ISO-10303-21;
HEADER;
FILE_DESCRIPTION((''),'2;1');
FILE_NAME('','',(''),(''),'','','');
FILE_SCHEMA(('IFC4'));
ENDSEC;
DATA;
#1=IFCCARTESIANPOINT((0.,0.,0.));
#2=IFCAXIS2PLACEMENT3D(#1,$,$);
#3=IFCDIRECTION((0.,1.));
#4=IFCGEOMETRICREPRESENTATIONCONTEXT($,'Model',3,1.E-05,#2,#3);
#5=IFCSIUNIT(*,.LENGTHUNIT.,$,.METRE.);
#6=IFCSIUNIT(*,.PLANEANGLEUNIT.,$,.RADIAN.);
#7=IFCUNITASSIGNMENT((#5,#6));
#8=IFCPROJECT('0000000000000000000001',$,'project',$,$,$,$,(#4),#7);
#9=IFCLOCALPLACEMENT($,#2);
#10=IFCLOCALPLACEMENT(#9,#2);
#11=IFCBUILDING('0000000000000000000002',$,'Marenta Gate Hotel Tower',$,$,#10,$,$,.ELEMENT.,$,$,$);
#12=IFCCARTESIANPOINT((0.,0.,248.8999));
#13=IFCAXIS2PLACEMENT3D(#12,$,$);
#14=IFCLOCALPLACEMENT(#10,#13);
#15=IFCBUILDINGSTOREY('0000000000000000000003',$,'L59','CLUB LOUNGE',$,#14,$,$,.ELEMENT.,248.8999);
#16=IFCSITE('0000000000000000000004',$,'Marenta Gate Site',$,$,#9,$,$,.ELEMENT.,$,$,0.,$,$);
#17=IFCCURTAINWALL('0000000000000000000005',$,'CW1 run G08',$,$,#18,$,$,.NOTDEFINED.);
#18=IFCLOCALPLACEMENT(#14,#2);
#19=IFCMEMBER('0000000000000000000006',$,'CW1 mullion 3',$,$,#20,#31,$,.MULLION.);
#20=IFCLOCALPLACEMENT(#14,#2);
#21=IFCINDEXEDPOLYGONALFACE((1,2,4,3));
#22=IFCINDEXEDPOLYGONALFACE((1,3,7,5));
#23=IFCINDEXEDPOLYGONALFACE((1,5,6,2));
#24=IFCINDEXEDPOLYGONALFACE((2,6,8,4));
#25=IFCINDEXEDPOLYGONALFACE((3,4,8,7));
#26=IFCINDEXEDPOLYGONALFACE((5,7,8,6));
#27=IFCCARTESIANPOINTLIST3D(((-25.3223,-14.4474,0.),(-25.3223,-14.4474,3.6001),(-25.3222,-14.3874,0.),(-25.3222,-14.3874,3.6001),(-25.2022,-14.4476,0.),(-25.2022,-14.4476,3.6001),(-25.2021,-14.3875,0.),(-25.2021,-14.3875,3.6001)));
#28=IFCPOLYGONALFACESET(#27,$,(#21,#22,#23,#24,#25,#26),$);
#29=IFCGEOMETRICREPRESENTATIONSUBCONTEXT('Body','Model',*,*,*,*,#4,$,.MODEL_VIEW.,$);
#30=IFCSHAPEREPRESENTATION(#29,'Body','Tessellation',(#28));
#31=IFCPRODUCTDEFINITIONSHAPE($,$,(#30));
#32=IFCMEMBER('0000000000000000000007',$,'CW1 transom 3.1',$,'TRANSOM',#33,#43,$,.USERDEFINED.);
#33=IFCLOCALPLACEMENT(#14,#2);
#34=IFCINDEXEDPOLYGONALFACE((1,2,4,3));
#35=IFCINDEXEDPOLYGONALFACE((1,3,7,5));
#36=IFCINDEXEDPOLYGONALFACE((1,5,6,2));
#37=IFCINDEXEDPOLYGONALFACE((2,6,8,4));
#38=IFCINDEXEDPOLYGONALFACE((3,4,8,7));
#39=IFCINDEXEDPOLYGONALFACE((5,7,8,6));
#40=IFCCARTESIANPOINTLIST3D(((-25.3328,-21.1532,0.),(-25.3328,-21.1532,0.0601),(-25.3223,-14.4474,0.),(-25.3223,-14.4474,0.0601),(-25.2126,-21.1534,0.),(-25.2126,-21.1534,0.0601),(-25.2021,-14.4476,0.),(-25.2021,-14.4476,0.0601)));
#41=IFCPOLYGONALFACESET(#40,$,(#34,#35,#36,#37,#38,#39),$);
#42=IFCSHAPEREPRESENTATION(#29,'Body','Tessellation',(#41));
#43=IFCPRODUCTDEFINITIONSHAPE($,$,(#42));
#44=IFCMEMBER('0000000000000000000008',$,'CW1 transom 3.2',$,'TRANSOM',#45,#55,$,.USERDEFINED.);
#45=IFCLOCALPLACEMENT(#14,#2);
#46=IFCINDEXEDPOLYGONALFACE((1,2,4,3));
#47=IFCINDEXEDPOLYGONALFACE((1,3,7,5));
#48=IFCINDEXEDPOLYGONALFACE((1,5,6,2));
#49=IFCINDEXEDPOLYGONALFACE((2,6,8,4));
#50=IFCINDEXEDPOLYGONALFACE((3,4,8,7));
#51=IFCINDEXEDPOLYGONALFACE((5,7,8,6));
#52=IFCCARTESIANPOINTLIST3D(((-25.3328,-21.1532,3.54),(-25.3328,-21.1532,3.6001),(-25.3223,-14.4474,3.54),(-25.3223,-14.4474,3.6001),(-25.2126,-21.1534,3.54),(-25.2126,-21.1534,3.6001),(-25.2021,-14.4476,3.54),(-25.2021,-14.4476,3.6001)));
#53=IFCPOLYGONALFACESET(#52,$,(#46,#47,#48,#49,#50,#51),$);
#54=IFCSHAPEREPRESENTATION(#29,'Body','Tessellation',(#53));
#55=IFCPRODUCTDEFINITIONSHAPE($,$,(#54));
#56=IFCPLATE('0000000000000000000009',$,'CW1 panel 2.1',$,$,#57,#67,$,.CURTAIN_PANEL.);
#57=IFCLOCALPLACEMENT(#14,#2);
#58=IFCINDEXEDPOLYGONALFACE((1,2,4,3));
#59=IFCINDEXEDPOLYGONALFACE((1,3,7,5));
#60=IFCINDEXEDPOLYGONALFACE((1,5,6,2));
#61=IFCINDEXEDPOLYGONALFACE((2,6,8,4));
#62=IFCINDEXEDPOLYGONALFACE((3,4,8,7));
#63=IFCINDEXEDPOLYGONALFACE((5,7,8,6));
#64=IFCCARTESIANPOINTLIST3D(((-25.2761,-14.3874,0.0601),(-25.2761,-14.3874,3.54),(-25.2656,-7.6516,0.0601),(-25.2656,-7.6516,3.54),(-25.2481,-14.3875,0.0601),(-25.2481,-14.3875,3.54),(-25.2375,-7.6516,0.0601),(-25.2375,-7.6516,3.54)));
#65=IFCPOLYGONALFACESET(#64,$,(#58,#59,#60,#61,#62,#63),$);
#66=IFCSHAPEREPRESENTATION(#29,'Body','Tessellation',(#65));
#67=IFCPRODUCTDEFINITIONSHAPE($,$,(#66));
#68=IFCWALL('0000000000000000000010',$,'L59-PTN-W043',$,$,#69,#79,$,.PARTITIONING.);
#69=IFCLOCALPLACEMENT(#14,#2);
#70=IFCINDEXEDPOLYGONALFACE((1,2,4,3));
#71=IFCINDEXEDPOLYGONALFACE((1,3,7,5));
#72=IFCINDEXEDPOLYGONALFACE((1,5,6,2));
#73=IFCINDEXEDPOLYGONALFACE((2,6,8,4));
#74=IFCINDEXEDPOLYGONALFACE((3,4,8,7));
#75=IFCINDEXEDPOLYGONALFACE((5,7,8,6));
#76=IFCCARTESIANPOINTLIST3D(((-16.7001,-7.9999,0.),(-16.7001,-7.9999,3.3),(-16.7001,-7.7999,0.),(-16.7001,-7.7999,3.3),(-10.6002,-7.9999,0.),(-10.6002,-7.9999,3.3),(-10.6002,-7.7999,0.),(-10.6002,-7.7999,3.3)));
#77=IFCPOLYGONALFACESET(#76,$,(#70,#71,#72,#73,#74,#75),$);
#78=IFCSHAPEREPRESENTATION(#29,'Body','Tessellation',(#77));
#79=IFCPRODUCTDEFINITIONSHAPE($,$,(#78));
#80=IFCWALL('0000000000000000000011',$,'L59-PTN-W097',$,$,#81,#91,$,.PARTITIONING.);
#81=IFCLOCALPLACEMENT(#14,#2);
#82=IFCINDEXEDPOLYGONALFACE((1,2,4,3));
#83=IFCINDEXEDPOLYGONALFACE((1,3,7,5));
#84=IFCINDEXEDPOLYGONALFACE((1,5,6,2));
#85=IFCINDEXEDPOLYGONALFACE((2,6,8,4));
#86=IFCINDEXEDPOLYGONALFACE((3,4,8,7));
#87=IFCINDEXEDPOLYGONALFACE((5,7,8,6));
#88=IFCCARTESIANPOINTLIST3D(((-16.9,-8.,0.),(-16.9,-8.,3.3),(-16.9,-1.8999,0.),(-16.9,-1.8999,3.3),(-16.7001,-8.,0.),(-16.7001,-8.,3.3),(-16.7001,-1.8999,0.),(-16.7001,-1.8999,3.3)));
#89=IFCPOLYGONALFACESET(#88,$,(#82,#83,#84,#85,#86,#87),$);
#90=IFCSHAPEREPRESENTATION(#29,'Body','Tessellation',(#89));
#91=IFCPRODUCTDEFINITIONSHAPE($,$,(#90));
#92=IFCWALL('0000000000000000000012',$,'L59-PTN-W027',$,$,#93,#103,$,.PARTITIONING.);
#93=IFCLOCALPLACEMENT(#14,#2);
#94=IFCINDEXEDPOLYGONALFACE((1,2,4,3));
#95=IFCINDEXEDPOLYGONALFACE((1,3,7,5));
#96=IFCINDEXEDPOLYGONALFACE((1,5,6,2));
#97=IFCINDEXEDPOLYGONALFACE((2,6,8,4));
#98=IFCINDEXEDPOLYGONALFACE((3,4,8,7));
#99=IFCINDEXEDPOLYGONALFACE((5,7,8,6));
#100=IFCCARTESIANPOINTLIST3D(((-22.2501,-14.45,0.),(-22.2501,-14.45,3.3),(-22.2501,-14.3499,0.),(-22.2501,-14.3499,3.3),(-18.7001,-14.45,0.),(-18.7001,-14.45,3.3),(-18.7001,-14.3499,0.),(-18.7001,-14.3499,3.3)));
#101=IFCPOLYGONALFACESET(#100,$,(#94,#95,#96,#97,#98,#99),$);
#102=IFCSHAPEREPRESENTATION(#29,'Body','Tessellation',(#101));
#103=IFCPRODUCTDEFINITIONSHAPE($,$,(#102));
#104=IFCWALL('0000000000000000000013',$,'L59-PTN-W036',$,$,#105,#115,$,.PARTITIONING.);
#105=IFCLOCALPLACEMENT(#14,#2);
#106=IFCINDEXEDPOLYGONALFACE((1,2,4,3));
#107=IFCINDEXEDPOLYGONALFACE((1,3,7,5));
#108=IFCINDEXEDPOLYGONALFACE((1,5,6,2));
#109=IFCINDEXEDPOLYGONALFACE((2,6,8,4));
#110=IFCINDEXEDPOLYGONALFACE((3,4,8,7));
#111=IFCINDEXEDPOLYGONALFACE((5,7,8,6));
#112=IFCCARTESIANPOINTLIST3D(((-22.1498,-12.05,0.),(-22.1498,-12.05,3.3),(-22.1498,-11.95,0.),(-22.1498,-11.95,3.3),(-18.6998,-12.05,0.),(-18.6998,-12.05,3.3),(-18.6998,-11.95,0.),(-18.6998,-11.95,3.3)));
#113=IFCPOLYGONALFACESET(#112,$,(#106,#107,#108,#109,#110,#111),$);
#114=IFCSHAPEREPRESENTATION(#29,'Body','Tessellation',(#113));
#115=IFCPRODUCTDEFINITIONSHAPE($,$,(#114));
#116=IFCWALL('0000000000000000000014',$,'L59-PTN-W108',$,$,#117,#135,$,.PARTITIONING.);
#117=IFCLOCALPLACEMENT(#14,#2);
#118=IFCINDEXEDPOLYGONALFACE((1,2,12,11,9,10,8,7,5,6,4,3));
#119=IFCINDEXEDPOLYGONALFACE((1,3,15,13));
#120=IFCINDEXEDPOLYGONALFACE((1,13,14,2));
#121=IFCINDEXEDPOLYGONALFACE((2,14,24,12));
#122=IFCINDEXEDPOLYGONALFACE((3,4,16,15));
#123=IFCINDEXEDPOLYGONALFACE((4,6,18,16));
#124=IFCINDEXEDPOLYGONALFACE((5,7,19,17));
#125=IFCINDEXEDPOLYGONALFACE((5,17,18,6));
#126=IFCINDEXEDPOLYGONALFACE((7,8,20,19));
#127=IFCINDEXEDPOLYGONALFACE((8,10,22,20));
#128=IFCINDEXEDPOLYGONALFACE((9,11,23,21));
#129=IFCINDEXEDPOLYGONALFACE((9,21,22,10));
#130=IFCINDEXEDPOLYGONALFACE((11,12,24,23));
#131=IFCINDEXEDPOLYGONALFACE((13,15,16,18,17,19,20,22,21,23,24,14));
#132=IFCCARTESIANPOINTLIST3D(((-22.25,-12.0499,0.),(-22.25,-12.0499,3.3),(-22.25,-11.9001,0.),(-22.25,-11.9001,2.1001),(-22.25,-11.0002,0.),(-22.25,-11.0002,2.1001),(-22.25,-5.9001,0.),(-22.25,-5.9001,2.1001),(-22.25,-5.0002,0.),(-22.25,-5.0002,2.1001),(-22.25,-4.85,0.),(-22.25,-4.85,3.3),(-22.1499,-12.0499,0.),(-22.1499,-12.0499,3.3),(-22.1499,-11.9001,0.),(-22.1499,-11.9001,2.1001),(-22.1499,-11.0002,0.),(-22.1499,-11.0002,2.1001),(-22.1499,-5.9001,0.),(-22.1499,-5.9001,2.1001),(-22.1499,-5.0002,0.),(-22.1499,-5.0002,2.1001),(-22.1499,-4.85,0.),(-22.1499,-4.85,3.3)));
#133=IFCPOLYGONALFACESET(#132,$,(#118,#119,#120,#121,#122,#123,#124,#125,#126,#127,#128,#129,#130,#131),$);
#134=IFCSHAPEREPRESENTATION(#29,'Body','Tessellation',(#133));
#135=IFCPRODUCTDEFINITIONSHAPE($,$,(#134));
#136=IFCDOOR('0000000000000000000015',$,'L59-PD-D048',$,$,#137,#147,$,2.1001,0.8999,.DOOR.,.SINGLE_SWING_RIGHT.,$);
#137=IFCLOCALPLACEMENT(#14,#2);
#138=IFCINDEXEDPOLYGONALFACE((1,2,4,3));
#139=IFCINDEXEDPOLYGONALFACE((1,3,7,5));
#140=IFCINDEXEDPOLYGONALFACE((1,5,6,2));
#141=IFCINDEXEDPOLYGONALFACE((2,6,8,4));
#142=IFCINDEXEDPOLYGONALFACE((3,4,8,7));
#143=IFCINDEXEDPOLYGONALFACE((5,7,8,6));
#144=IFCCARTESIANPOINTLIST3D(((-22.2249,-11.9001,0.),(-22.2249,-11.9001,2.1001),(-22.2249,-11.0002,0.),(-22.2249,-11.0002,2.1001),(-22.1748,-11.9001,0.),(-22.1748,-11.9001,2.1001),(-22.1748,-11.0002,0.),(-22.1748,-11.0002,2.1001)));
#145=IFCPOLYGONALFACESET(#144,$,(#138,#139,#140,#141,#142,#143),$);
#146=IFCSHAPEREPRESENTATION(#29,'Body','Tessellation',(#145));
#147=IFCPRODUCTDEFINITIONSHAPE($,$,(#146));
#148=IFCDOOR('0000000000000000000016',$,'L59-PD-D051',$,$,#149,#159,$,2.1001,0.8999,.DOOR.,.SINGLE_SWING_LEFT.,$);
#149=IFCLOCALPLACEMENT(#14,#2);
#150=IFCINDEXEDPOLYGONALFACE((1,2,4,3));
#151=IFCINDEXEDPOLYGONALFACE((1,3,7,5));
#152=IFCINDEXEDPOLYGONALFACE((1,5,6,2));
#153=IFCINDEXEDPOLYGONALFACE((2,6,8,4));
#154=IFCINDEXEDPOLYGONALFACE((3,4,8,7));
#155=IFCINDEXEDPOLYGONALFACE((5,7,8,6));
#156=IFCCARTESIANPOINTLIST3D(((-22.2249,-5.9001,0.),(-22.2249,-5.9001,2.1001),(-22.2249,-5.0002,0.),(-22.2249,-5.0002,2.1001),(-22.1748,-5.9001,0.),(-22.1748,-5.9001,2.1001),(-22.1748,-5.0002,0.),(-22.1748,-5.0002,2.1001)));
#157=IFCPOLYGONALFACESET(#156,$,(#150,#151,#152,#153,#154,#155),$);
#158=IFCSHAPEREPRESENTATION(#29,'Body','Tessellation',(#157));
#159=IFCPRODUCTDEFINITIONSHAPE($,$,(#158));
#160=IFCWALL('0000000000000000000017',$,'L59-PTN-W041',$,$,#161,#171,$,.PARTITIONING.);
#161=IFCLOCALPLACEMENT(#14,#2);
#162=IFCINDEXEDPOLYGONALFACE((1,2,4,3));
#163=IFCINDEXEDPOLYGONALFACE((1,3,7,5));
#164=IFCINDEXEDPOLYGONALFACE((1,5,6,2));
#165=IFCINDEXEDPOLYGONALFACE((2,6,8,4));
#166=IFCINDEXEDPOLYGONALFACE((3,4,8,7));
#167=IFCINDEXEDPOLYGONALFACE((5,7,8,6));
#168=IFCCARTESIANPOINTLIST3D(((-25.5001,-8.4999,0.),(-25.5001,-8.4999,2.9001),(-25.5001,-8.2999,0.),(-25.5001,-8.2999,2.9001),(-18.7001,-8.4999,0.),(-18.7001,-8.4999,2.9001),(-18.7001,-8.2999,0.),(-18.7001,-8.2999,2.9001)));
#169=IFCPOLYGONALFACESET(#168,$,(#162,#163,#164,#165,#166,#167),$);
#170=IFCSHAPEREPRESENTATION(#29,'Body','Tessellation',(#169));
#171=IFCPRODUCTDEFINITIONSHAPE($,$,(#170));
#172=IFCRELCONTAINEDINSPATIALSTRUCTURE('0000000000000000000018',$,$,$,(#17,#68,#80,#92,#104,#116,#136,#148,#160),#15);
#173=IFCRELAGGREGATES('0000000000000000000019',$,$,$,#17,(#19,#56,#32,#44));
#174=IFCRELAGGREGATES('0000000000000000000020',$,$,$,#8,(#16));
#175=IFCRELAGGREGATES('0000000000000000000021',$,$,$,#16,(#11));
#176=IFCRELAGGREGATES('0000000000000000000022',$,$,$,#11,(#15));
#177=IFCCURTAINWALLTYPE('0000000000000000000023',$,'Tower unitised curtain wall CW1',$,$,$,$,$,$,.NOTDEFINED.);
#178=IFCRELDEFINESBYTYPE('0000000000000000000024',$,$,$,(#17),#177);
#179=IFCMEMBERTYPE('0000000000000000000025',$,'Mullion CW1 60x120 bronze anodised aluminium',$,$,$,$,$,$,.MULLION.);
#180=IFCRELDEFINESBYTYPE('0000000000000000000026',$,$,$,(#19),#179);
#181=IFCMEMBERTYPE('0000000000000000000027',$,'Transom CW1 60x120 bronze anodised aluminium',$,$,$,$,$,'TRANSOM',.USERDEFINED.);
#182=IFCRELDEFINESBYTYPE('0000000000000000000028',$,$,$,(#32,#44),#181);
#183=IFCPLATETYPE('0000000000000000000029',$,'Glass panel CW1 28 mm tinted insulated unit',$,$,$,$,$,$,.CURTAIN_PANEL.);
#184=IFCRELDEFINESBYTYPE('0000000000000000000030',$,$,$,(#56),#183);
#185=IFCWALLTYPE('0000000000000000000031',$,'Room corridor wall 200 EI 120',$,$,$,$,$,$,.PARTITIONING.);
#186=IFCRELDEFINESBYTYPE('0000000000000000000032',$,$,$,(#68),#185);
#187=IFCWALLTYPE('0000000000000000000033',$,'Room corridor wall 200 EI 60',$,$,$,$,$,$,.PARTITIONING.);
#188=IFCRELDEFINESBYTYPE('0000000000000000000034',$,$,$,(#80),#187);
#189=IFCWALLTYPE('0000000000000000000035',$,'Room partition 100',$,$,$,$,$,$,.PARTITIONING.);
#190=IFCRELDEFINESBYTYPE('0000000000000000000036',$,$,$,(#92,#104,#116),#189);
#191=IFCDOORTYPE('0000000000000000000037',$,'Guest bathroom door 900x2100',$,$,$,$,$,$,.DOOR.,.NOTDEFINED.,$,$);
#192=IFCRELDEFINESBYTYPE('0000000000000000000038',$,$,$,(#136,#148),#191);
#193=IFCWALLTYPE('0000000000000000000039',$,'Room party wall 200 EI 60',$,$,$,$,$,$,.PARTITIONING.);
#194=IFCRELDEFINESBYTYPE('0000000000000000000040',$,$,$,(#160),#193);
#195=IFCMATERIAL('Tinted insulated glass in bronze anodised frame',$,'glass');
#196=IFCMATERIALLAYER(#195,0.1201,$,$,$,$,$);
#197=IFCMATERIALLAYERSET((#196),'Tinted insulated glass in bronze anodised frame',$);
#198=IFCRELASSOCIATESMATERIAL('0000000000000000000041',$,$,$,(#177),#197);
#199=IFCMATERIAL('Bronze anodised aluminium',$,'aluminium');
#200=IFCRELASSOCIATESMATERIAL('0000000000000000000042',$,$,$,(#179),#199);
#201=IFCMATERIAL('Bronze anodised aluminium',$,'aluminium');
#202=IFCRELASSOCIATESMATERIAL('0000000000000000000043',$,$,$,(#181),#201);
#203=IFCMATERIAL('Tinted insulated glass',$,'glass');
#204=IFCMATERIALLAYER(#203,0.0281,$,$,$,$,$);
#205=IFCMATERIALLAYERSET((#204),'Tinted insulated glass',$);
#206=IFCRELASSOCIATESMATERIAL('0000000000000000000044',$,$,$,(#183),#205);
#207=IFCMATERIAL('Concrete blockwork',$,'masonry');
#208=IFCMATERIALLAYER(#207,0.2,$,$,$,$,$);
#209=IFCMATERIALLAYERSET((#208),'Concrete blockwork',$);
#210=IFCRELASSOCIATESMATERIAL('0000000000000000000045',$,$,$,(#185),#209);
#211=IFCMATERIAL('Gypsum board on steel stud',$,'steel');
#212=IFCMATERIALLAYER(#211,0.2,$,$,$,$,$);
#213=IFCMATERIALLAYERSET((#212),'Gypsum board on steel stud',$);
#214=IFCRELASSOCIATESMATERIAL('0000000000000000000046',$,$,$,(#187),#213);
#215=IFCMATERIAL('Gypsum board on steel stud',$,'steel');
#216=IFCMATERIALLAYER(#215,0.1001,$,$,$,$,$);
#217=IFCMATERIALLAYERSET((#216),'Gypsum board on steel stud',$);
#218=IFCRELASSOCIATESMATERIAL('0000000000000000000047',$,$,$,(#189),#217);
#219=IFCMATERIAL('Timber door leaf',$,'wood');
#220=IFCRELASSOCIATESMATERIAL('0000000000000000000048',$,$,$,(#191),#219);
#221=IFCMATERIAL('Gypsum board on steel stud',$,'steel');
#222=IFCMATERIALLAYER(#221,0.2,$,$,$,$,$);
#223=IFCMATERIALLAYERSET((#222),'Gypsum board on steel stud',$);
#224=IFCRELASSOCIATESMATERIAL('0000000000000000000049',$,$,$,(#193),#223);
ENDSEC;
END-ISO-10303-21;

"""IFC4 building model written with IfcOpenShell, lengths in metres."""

from ifc_helpers import new_model, si_unit, direction, frame, frame_2d, origin, origin_2d, place, context, subcontext, project, spatial, rectangle, extrude, material, layer, layer_set, material_profile, profile_set, type_object, element, fill, aggregate, save


model = new_model("IFC4")

# Units and contexts
model_context = context("Model", 3, precision=1e-05, world=origin(), true_north=direction((0.0, 1.0)))
body_context = subcontext(model_context, "Body", "Model", "MODEL_VIEW")
ifc_project = project(units=[si_unit("LENGTHUNIT", "METRE"), si_unit("PLANEANGLEUNIT", "RADIAN")], contexts=[model_context])

# Site, building, storey
site_placement = place(None, origin())
site = spatial("IfcSite", under=ifc_project, at=site_placement, Name="Marenta Gate Site", CompositionType="ELEMENT", RefElevation=0.0)
building_placement = place(site_placement, origin())
building = spatial("IfcBuilding", under=site, at=building_placement, Name="Marenta Gate Hotel Tower", CompositionType="ELEMENT")
storey_placement = place(building_placement, frame((0.0, 0.0, 248.8999)))
storey = spatial("IfcBuildingStorey", under=building, at=storey_placement, Name="L59", Description="CLUB LOUNGE", CompositionType="ELEMENT", Elevation=248.8999)

# Curtain wall, members, plate
ifc_material_1 = material(Name="Tinted insulated glass in bronze anodised frame", Category="glass")
ifc_layer_1 = layer(ifc_material_1, 0.1201)
ifc_layer_set_1 = layer_set([ifc_layer_1], Name="Tinted insulated glass in bronze anodised frame")
curtain_wall_type = type_object("IfcCurtainWallType", Name="Tower unitised curtain wall CW1", PredefinedType="NOTDEFINED", material=ifc_layer_set_1)
curtain_wall_placement = place(storey_placement, origin())
curtain_wall = element("IfcCurtainWall", 1, at=curtain_wall_placement, inside=storey, type_object=curtain_wall_type, Name="CW1 run G08", PredefinedType="NOTDEFINED")
ifc_material_2 = material(Name="Bronze anodised aluminium", Category="aluminium")
ifc_material_profile_1 = material_profile(ifc_material_2, rectangle(XDim=0.1201, YDim=0.0601, at=origin_2d()), Name="Mullion CW1 60x120 bronze anodised aluminium")
ifc_profile_set_1 = profile_set([ifc_material_profile_1], Name="Bronze anodised aluminium")
member_type_1 = type_object("IfcMemberType", Name="Mullion CW1 60x120 bronze anodised aluminium", PredefinedType="MULLION", material=ifc_profile_set_1)
member_1_placement = place(storey_placement, frame((-25.2622, -14.4175, 0.0), z_axis=(0.0, 0.0, 1.0), x_axis=(0.999999, -0.001565, 0.0)))
member_1 = element("IfcMember", 2, at=member_1_placement, type_object=member_type_1, Name="CW1 mullion 3", PredefinedType="MULLION", context=body_context, shape_type="SweptSolid", body=[
    extrude(rectangle(XDim=0.1201, YDim=0.0601, at=origin_2d()), origin(), (0.0, 0.0, 1.0), 3.6001),
])
ifc_material_3 = material(Name="Bronze anodised aluminium", Category="aluminium")
ifc_material_profile_2 = material_profile(ifc_material_3, rectangle(XDim=0.1201, YDim=0.0601, at=origin_2d()), Name="Transom CW1 60x120 bronze anodised aluminium")
ifc_profile_set_2 = profile_set([ifc_material_profile_2], Name="Bronze anodised aluminium")
member_type_2 = type_object("IfcMemberType", Name="Transom CW1 60x120 bronze anodised aluminium", ElementType="TRANSOM", PredefinedType="USERDEFINED", material=ifc_profile_set_2)
member_2_placement = place(storey_placement, frame((-25.2622, -14.4475, 0.03), z_axis=(-0.001566, -0.999999, 0.0), x_axis=(0.999999, -0.001566, 0.0)))
member_2 = element("IfcMember", 3, at=member_2_placement, type_object=member_type_2, Name="CW1 transom 3.1", ObjectType="TRANSOM", PredefinedType="USERDEFINED", context=body_context, shape_type="SweptSolid", body=[
    extrude(rectangle(XDim=0.1201, YDim=0.0601, at=origin_2d()), origin(), (0.0, 0.0, 1.0), 6.7058),
])
member_3_placement = place(storey_placement, frame((-25.2622, -14.4475, 3.5701), z_axis=(-0.001566, -0.999999, 0.0), x_axis=(0.999999, -0.001566, 0.0)))
member_3 = element("IfcMember", 4, at=member_3_placement, type_object=member_type_2, Name="CW1 transom 3.2", ObjectType="TRANSOM", PredefinedType="USERDEFINED", context=body_context, shape_type="SweptSolid", body=[
    extrude(rectangle(XDim=0.1201, YDim=0.0601, at=origin_2d()), origin(), (0.0, 0.0, 1.0), 6.7058),
])
ifc_material_4 = material(Name="Tinted insulated glass", Category="glass")
ifc_layer_2 = layer(ifc_material_4, 0.0281)
ifc_layer_set_2 = layer_set([ifc_layer_2], Name="Tinted insulated glass")
plate_type = type_object("IfcPlateType", Name="Glass panel CW1 28 mm tinted insulated unit", PredefinedType="CURTAIN_PANEL", material=ifc_layer_set_2)
plate_placement = place(storey_placement, frame((-25.2568, -11.0195, 0.0601), z_axis=(0.0, 0.0, 1.0), x_axis=(-0.001565, -0.999999, 0.0)))
plate = element("IfcPlate", 5, at=plate_placement, type_object=plate_type, Name="CW1 panel 2.1", PredefinedType="CURTAIN_PANEL", context=body_context, shape_type="SweptSolid", body=[
    extrude(rectangle(XDim=6.7358, YDim=0.0281, at=origin_2d()), origin(), (0.0, 0.0, 1.0), 3.48),
])
aggregate(curtain_wall, [member_1, plate, member_2, member_3])

# Wall
ifc_material_5 = material(Name="Concrete blockwork", Category="masonry")
ifc_layer_3 = layer(ifc_material_5, 0.2)
ifc_layer_set_3 = layer_set([ifc_layer_3], Name="Concrete blockwork")
wall_type_1 = type_object("IfcWallType", Name="Room corridor wall 200 EI 120", PredefinedType="PARTITIONING", material=ifc_layer_set_3)
wall_1_placement = place(storey_placement, frame((-16.7, -7.8999, 0.0), z_axis=(0.0, 0.0, 1.0), x_axis=(1.0, 0.0, 0.0)))
element("IfcWall", 6, at=wall_1_placement, inside=storey, type_object=wall_type_1, Name="L59-PTN-W043", PredefinedType="PARTITIONING", context=body_context, shape_type="SweptSolid", body=[
    extrude(rectangle(XDim=6.0999, YDim=0.2, at=frame_2d((3.0498, 0.0))), origin(), (0.0, 0.0, 1.0), 3.3),
])

# Shared definitions
ifc_material_6 = material(Name="Gypsum board on steel stud", Category="steel")
ifc_layer_4 = layer(ifc_material_6, 0.2)
ifc_layer_set_4 = layer_set([ifc_layer_4], Name="Gypsum board on steel stud")
wall_type_2 = type_object("IfcWallType", Name="Room corridor wall 200 EI 60", PredefinedType="PARTITIONING", material=ifc_layer_set_4)

# Walls
wall_2_placement = place(storey_placement, frame((-16.8, -8.0, 0.0), z_axis=(0.0, 0.0, 1.0), x_axis=(0.0, 1.0, 0.0)))
element("IfcWall", 7, at=wall_2_placement, inside=storey, type_object=wall_type_2, Name="L59-PTN-W097", PredefinedType="PARTITIONING", context=body_context, shape_type="SweptSolid", body=[
    extrude(rectangle(XDim=6.1001, YDim=0.2, at=frame_2d((3.05, 0.0))), origin(), (0.0, 0.0, 1.0), 3.3),
])
ifc_material_7 = material(Name="Gypsum board on steel stud", Category="steel")
ifc_layer_5 = layer(ifc_material_7, 0.1001)
ifc_layer_set_5 = layer_set([ifc_layer_5], Name="Gypsum board on steel stud")
wall_type_3 = type_object("IfcWallType", Name="Room partition 100", PredefinedType="PARTITIONING", material=ifc_layer_set_5)
wall_3_placement = place(storey_placement, frame((-22.25, -14.3999, 0.0), z_axis=(0.0, 0.0, 1.0), x_axis=(1.0, 0.0, 0.0)))
element("IfcWall", 8, at=wall_3_placement, inside=storey, type_object=wall_type_3, Name="L59-PTN-W027", PredefinedType="PARTITIONING", context=body_context, shape_type="SweptSolid", body=[
    extrude(rectangle(XDim=3.55, YDim=0.1001, at=frame_2d((1.7749, 0.0))), origin(), (0.0, 0.0, 1.0), 3.3),
])
wall_4_placement = place(storey_placement, frame((-22.1499, -12.0, 0.0), z_axis=(0.0, 0.0, 1.0), x_axis=(1.0, 0.0, 0.0)))
element("IfcWall", 9, at=wall_4_placement, inside=storey, type_object=wall_type_3, Name="L59-PTN-W036", PredefinedType="PARTITIONING", context=body_context, shape_type="SweptSolid", body=[
    extrude(rectangle(XDim=3.45, YDim=0.1001, at=frame_2d((1.7251, 0.0))), origin(), (0.0, 0.0, 1.0), 3.3),
])

# Wall, openings, doors
wall_5_placement = place(storey_placement, frame((-22.2, -12.05, 0.0), z_axis=(0.0, 0.0, 1.0), x_axis=(0.0, 1.0, 0.0)))
wall_5 = element("IfcWall", 10, at=wall_5_placement, inside=storey, type_object=wall_type_3, Name="L59-PTN-W108", PredefinedType="PARTITIONING", context=body_context, shape_type="SweptSolid", body=[
    extrude(rectangle(XDim=7.2, YDim=0.1001, at=frame_2d((3.6001, 0.0))), origin(), (0.0, 0.0, 1.0), 3.3),
])
opening_1_placement = place(wall_5_placement, frame((0.1499, 0.0, 0.0)))
opening_1 = element("IfcOpeningElement", 11, at=opening_1_placement, cuts=wall_5, PredefinedType="OPENING", context=body_context, shape_type="SweptSolid", body=[
    extrude(rectangle(XDim=0.8999, YDim=2.1001, at=frame_2d((0.45, 1.05))), frame((0.0, 0.05, 0.0), z_axis=(0.0, -1.0, 0.0), x_axis=(1.0, 0.0, 0.0)), (0.0, 0.0, 1.0), 0.1001),
])
opening_2_placement = place(wall_5_placement, frame((6.1499, 0.0, 0.0)))
opening_2 = element("IfcOpeningElement", 12, at=opening_2_placement, cuts=wall_5, PredefinedType="OPENING", context=body_context, shape_type="SweptSolid", body=[
    extrude(rectangle(XDim=0.8999, YDim=2.1001, at=frame_2d((0.45, 1.05))), frame((0.0, 0.05, 0.0), z_axis=(0.0, -1.0, 0.0), x_axis=(1.0, 0.0, 0.0)), (0.0, 0.0, 1.0), 0.1001),
])
ifc_material_8 = material(Name="Timber door leaf", Category="wood")
door_type_1 = type_object("IfcDoorType", Name="Guest bathroom door 900x2100", OperationType="NOTDEFINED", PredefinedType="DOOR", material=ifc_material_8)
door_1_placement = place(opening_1_placement, origin())
door_1 = element("IfcDoor", 13, at=door_1_placement, inside=storey, type_object=door_type_1, Name="L59-PD-D048", OperationType="SINGLE_SWING_RIGHT", OverallHeight=2.1001, OverallWidth=0.8999, PredefinedType="DOOR", context=body_context, shape_type="SweptSolid", body=[
    extrude(rectangle(XDim=0.8999, YDim=2.1001, at=frame_2d((0.45, 1.05))), frame((0.0, 0.0249, 0.0), z_axis=(0.0, -1.0, 0.0), x_axis=(1.0, 0.0, 0.0)), (0.0, 0.0, 1.0), 0.05),
])
fill(opening_1, door_1)
door_2_placement = place(opening_2_placement, origin())
door_2 = element("IfcDoor", 14, at=door_2_placement, inside=storey, type_object=door_type_1, Name="L59-PD-D051", OperationType="SINGLE_SWING_LEFT", OverallHeight=2.1001, OverallWidth=0.8999, PredefinedType="DOOR", context=body_context, shape_type="SweptSolid", body=[
    extrude(rectangle(XDim=0.8999, YDim=2.1001, at=frame_2d((0.45, 1.05))), frame((0.0, 0.0249, 0.0), z_axis=(0.0, -1.0, 0.0), x_axis=(1.0, 0.0, 0.0)), (0.0, 0.0, 1.0), 0.05),
])
fill(opening_2, door_2)

# Wall
ifc_material_9 = material(Name="Gypsum board on steel stud", Category="steel")
ifc_layer_6 = layer(ifc_material_9, 0.2)
ifc_layer_set_6 = layer_set([ifc_layer_6], Name="Gypsum board on steel stud")
wall_type_4 = type_object("IfcWallType", Name="Room party wall 200 EI 60", PredefinedType="PARTITIONING", material=ifc_layer_set_6)
wall_6_placement = place(storey_placement, frame((-25.5, -8.3999, 0.0), z_axis=(0.0, 0.0, 1.0), x_axis=(1.0, 0.0, 0.0)))
element("IfcWall", 15, at=wall_6_placement, inside=storey, type_object=wall_type_4, Name="L59-PTN-W041", PredefinedType="PARTITIONING", context=body_context, shape_type="SweptSolid", body=[
    extrude(rectangle(XDim=6.8, YDim=0.2, at=frame_2d((3.3999, 0.0))), origin(), (0.0, 0.0, 1.0), 2.9001),
])

save(model, "model.ifc")
